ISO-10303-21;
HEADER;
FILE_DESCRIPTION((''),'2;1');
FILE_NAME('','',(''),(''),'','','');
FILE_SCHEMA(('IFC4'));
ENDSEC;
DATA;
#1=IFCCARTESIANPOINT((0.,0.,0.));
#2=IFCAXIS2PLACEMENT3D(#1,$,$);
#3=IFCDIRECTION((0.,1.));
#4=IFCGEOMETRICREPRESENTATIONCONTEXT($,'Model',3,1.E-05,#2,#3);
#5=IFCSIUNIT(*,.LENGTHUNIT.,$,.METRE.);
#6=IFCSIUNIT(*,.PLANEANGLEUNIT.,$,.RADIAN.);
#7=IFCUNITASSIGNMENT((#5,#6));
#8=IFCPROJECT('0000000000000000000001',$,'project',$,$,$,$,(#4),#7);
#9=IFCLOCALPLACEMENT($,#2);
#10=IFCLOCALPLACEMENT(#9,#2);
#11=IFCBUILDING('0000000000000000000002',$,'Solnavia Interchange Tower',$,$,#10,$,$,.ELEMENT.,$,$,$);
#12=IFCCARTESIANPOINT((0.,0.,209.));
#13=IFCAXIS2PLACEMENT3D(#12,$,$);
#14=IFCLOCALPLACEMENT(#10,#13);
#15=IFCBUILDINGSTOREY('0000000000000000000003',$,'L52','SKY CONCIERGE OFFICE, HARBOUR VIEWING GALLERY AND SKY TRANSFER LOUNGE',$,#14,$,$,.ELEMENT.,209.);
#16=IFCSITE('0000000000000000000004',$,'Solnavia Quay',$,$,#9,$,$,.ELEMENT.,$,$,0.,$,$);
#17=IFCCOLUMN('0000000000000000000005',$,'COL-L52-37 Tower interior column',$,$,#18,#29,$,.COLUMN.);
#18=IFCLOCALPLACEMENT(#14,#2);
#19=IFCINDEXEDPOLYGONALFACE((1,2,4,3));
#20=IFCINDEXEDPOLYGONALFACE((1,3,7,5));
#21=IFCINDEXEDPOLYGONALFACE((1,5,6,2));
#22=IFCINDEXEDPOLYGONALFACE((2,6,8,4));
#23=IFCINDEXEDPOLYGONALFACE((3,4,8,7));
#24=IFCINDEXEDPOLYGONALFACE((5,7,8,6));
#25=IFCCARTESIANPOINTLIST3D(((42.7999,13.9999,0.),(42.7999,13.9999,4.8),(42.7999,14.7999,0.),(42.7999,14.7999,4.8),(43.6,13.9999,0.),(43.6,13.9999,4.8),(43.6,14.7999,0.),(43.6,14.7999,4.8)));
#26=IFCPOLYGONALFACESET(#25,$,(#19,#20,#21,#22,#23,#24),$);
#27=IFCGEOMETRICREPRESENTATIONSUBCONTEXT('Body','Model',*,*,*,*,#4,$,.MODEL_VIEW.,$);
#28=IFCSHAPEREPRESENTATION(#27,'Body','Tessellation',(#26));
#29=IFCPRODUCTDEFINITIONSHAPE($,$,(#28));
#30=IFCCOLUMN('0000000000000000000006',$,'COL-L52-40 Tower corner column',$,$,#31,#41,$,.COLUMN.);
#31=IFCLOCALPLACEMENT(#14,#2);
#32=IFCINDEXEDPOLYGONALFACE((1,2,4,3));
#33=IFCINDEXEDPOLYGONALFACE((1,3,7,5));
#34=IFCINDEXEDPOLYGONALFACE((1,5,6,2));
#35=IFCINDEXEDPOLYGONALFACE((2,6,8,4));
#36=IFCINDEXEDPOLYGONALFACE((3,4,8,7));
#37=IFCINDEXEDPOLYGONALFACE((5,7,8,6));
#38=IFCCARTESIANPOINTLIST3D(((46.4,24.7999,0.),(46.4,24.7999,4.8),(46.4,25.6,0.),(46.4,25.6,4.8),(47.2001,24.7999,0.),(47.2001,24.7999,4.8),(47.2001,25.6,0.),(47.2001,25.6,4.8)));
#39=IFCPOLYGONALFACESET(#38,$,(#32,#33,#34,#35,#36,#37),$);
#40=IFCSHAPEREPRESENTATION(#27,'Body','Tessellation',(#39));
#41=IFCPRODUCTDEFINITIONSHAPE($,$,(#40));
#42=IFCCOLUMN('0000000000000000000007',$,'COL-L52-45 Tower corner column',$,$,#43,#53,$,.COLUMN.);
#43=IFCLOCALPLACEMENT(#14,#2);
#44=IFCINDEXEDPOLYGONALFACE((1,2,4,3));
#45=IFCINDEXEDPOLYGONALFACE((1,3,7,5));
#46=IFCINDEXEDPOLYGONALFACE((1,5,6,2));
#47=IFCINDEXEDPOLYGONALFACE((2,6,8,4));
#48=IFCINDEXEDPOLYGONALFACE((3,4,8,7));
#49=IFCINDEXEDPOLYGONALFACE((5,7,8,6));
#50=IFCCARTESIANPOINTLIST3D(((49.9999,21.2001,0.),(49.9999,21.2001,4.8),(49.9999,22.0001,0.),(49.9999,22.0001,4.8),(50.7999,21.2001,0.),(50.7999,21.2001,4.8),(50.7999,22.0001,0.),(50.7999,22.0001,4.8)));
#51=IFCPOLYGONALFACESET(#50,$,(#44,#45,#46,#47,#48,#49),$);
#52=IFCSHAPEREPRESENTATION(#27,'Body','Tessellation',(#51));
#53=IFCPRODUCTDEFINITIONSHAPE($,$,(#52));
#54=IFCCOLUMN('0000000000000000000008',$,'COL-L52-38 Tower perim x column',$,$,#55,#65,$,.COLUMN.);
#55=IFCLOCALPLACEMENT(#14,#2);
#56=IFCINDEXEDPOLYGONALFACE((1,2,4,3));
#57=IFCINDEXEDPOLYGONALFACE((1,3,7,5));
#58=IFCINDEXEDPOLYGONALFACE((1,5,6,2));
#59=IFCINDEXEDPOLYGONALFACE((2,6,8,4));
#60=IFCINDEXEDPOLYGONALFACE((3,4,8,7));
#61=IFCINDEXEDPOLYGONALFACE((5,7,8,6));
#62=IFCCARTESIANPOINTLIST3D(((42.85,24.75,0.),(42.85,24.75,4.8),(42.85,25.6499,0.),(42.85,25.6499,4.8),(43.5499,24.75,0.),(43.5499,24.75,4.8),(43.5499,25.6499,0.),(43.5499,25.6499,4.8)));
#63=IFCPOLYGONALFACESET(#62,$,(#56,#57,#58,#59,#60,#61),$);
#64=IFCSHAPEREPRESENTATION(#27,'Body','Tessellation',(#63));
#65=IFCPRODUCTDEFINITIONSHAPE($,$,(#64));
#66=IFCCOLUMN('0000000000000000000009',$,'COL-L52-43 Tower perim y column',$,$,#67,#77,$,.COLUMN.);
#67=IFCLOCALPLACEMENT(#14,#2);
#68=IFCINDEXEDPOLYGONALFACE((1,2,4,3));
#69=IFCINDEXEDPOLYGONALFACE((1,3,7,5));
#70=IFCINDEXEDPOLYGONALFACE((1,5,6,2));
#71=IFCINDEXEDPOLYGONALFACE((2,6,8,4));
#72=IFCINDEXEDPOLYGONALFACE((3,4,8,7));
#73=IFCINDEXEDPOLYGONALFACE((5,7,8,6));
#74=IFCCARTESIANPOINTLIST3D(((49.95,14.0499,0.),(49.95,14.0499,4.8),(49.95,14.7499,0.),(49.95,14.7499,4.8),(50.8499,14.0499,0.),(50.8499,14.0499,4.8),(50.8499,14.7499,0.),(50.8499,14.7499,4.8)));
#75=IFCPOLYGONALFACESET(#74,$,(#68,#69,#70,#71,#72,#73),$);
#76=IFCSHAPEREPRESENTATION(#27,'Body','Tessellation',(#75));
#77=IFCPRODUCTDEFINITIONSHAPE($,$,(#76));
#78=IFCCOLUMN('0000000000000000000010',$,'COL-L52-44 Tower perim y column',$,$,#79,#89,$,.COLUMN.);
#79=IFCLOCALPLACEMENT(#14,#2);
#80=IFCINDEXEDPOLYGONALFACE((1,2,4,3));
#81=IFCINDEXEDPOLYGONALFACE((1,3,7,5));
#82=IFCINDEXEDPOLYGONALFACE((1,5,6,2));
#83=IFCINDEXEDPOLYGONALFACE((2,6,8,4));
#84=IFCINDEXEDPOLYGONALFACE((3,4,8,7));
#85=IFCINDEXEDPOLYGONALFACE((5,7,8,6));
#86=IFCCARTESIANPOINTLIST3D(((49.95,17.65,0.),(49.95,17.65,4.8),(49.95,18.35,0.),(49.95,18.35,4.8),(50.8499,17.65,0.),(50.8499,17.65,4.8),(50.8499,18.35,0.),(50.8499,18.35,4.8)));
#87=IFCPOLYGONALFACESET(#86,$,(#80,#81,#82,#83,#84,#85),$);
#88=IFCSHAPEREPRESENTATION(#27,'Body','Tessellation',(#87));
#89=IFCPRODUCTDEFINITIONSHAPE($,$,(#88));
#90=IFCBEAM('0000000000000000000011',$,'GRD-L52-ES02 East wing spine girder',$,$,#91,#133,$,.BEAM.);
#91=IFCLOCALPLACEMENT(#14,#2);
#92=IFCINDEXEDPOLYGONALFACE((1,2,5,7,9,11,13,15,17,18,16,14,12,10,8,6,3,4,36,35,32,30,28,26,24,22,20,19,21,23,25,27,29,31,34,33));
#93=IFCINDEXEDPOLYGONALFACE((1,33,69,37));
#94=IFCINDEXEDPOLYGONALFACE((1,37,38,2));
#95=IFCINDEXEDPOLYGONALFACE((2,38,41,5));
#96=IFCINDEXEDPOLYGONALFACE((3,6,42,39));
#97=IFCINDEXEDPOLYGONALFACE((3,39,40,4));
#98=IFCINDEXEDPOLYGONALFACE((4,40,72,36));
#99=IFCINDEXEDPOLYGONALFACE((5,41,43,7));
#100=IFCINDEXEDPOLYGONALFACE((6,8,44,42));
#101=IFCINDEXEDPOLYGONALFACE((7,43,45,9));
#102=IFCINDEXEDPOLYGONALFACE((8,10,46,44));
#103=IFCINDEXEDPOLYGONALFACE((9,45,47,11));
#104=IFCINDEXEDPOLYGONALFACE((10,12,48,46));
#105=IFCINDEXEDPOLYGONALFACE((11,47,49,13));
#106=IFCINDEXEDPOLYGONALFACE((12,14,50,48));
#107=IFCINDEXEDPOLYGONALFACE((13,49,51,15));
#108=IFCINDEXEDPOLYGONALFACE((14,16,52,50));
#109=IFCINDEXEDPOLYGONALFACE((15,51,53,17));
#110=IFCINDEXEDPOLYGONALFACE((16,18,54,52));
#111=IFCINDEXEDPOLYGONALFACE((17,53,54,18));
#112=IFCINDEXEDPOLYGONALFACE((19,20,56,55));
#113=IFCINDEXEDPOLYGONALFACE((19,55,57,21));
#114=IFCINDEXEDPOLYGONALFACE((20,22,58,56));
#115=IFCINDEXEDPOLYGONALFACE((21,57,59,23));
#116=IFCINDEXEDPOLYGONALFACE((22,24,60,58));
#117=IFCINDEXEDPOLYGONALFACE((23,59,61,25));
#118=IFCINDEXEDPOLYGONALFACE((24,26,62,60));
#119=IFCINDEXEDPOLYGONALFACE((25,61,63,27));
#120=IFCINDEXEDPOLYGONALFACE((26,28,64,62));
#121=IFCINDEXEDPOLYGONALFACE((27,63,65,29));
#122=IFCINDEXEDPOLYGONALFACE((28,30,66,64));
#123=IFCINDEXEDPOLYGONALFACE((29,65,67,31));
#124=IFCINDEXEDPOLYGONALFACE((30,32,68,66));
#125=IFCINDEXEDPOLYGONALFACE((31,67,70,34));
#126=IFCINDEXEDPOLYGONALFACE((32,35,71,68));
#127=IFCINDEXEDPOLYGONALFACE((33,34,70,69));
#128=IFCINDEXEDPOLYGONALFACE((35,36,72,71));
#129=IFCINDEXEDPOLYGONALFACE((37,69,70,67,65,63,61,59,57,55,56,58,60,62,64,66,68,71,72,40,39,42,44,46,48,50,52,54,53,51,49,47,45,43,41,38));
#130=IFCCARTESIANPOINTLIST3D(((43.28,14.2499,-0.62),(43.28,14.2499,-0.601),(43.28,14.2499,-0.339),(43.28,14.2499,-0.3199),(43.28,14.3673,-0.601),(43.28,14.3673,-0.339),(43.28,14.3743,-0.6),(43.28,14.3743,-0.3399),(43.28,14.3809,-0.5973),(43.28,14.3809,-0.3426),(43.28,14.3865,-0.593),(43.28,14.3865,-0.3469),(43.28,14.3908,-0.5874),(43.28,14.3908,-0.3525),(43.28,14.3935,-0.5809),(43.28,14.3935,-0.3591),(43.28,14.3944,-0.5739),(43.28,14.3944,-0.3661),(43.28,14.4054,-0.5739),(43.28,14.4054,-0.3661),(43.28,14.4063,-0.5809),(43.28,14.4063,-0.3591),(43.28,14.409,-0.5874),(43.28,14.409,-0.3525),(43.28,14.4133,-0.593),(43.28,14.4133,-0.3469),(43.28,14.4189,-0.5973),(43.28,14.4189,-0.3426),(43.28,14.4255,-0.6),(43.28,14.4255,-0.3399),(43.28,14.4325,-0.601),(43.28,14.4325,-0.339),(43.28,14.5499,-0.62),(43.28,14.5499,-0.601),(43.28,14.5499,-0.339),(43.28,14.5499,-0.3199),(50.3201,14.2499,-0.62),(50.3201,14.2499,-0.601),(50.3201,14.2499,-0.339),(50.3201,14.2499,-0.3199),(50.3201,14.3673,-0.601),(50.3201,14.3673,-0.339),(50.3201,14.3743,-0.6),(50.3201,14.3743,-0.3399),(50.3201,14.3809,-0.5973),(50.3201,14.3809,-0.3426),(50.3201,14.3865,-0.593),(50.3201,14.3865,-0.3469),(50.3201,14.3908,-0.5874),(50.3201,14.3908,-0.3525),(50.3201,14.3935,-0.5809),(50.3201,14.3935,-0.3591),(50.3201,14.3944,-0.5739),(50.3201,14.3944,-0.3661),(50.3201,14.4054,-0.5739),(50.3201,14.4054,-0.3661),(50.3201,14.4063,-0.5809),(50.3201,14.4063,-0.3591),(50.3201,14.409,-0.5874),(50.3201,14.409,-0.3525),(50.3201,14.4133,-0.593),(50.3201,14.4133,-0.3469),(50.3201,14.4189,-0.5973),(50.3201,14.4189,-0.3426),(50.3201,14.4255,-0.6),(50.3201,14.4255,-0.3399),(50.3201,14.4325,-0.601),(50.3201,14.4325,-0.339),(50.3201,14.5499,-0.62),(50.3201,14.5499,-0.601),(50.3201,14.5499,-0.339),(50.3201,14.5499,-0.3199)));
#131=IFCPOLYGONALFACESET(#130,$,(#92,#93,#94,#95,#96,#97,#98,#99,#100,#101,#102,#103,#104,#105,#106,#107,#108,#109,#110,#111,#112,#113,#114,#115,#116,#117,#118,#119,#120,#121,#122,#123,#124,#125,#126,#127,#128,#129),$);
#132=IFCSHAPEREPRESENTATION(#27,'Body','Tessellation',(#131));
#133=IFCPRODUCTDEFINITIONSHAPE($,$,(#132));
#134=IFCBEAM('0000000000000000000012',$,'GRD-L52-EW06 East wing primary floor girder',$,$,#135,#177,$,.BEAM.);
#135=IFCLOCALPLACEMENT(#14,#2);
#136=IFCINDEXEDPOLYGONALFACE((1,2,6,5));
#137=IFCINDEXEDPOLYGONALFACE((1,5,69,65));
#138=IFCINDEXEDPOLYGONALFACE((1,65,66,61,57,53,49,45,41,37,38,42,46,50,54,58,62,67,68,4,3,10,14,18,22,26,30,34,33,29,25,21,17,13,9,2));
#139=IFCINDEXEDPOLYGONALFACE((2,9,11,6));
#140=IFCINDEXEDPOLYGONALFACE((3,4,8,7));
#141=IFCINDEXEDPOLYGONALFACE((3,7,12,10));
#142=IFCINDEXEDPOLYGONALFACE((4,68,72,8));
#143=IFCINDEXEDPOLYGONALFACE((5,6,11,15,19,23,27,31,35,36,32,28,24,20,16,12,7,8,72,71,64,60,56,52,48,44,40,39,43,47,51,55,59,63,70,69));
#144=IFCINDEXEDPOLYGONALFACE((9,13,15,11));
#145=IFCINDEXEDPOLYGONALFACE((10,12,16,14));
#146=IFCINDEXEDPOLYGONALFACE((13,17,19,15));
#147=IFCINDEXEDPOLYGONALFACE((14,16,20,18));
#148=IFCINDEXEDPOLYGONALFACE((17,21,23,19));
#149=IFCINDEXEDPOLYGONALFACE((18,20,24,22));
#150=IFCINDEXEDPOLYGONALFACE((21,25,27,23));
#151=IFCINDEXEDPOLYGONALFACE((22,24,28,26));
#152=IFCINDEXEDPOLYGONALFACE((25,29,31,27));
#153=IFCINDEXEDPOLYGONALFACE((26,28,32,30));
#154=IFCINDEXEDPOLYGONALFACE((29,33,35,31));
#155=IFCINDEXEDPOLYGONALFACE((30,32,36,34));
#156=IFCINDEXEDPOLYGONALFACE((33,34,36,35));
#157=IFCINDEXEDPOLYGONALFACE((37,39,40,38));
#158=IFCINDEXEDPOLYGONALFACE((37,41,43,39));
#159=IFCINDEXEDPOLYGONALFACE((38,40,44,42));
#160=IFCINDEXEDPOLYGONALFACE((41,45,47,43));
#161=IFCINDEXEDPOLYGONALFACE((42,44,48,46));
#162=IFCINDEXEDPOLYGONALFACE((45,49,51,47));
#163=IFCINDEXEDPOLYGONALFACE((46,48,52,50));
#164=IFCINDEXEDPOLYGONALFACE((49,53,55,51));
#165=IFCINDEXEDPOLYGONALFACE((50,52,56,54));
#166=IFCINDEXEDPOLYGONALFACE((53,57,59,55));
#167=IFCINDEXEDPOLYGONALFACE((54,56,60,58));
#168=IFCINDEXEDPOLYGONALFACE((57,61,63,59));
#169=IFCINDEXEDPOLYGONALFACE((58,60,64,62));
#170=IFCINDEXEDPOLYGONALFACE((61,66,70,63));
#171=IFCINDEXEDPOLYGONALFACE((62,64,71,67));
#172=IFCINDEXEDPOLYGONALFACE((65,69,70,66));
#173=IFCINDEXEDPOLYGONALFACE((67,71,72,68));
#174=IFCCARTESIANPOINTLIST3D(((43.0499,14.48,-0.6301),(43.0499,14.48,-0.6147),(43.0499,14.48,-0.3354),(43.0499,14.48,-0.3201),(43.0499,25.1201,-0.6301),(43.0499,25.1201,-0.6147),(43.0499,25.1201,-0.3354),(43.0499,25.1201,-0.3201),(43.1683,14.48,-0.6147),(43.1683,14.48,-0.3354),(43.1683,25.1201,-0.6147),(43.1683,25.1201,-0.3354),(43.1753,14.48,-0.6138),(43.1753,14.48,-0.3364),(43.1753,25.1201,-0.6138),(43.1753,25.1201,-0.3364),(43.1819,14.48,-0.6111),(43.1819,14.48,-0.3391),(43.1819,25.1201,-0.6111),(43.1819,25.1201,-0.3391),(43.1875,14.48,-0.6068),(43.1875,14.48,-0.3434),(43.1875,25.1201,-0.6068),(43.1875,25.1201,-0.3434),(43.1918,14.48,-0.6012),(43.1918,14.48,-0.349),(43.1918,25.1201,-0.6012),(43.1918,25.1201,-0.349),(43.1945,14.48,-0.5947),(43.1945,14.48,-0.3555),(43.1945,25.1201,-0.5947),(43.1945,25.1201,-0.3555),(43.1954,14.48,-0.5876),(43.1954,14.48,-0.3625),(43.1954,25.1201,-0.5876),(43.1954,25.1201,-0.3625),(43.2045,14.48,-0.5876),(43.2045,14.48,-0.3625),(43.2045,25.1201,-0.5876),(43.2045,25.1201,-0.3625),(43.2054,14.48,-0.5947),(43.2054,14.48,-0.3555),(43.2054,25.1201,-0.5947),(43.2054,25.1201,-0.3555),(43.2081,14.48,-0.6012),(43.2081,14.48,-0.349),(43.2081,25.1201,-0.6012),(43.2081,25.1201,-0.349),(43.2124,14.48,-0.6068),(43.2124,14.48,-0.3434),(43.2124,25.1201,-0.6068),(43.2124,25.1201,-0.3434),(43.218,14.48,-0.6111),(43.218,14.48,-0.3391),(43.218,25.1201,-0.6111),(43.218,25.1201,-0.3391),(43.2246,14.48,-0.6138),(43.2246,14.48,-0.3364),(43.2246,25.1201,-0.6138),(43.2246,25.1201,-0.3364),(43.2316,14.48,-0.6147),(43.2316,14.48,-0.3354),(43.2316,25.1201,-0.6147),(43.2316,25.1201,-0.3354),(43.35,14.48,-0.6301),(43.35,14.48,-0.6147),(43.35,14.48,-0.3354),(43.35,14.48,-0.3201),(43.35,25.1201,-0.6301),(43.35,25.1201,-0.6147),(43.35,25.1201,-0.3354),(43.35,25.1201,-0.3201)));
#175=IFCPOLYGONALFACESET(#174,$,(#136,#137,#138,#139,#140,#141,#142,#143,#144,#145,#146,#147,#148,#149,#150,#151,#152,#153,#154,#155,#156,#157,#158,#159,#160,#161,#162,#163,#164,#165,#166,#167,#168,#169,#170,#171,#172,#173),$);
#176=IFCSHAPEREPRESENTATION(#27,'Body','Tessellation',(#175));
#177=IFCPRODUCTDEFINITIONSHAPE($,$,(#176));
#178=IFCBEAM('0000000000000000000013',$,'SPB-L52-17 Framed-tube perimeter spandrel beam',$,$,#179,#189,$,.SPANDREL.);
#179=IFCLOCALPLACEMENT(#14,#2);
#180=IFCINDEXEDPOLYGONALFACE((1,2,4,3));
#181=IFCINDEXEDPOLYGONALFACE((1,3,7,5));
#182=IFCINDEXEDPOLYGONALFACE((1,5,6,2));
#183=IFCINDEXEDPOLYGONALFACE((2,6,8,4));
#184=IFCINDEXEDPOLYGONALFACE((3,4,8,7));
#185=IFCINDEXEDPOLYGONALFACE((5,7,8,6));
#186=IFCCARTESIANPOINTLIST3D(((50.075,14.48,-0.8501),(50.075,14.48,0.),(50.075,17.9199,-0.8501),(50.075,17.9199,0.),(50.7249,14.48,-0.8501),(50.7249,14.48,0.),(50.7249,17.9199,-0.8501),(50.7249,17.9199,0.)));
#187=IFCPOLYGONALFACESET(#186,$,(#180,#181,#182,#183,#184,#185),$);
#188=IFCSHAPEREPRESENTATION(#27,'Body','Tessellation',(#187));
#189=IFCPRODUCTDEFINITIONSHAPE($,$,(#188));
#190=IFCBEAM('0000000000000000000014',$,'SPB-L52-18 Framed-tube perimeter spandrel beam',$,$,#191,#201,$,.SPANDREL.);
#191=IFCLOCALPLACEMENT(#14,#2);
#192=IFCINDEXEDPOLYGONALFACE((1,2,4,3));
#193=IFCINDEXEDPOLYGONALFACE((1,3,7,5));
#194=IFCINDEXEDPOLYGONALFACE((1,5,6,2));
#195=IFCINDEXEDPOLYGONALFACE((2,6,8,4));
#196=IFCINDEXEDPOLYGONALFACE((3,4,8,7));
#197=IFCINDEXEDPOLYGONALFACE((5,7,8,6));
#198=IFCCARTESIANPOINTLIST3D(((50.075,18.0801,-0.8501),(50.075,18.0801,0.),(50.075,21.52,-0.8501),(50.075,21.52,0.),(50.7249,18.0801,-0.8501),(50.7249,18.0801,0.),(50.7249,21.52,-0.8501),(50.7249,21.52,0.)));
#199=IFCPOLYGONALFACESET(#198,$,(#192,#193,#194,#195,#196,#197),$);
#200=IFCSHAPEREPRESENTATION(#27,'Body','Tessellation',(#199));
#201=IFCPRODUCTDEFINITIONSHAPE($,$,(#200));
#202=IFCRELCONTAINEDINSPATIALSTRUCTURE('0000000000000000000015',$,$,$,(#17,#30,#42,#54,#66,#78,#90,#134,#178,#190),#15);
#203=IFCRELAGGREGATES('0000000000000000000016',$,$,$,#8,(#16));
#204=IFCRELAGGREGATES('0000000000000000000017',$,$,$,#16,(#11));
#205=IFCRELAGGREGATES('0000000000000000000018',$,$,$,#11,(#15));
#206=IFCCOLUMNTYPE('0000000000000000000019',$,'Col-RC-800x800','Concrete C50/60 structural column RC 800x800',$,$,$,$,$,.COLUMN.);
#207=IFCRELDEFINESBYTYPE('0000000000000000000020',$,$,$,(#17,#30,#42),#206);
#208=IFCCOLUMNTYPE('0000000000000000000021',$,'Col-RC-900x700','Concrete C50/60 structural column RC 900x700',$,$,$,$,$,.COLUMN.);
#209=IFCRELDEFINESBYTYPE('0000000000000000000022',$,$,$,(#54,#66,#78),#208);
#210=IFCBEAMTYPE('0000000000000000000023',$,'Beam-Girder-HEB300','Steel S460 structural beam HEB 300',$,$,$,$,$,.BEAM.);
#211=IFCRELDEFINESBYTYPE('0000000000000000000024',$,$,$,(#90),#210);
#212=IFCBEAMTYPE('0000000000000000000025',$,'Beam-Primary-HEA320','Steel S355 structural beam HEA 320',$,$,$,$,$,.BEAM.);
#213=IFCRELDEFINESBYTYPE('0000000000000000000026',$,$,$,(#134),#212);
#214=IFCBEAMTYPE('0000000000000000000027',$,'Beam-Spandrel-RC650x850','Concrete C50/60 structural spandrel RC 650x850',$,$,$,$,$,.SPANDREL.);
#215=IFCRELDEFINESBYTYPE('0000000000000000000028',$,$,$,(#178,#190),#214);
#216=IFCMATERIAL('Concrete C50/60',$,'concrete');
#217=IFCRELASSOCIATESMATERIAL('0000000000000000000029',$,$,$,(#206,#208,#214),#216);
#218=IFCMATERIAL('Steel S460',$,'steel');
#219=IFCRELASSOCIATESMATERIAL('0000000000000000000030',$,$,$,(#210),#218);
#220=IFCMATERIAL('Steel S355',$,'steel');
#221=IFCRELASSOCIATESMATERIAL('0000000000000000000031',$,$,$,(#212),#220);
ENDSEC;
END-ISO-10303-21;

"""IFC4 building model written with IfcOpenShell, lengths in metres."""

from ifc_helpers import new_model, si_unit, direction, frame, origin, origin_2d, place, context, subcontext, project, spatial, rectangle, i_section, extrude, material, material_profile, profile_set, type_object, element, save


model = new_model("IFC4")

# Units and contexts
model_context = context("Model", 3, precision=1e-05, world=origin(), true_north=direction((0.0, 1.0)))
body_context = subcontext(model_context, "Body", "Model", "MODEL_VIEW")
ifc_project = project(units=[si_unit("LENGTHUNIT", "METRE"), si_unit("PLANEANGLEUNIT", "RADIAN")], contexts=[model_context])

# Site, building, storey
site_placement = place(None, origin())
site = spatial("IfcSite", under=ifc_project, at=site_placement, Name="Solnavia Quay", CompositionType="ELEMENT", RefElevation=0.0)
building_placement = place(site_placement, origin())
building = spatial("IfcBuilding", under=site, at=building_placement, Name="Solnavia Interchange Tower", CompositionType="ELEMENT")
storey_placement = place(building_placement, frame((0.0, 0.0, 209.0)))
storey = spatial("IfcBuildingStorey", under=building, at=storey_placement, Name="L52", Description="SKY CONCIERGE OFFICE, HARBOUR VIEWING GALLERY AND SKY TRANSFER LOUNGE", CompositionType="ELEMENT", Elevation=209.0)

# Columns
ifc_material_1 = material(Name="Concrete C50/60", Category="concrete")
ifc_material_profile_1 = material_profile(ifc_material_1, rectangle(XDim=0.8, YDim=0.8, at=origin_2d()), Name="RC 800x800")
ifc_profile_set_1 = profile_set([ifc_material_profile_1], Name="Concrete C50/60")
column_type_1 = type_object("IfcColumnType", Name="Col-RC-800x800", Description="Concrete C50/60 structural column RC 800x800", PredefinedType="COLUMN", material=ifc_profile_set_1)
for number, where, z_axis, x_axis, name in (
    (1, (43.2, 14.3999, 0.0), (0.0, 0.0, 1.0), (1.0, 0.0, 0.0), "COL-L52-37 Tower interior column"),
    (2, (46.8, 25.2, 0.0), (0.0, 0.0, 1.0), (1.0, 0.0, 0.0), "COL-L52-40 Tower corner column"),
    (3, (50.3999, 21.6001, 0.0), (0.0, 0.0, 1.0), (0.0, 1.0, 0.0), "COL-L52-45 Tower corner column"),
):
    element("IfcColumn", number, at=place(storey_placement, frame(where, z_axis=z_axis, x_axis=x_axis)), inside=storey, type_object=column_type_1, Name=name, PredefinedType="COLUMN", context=body_context, shape_type="SweptSolid", body=[
        extrude(rectangle(XDim=0.8, YDim=0.8, at=origin_2d()), origin(), (0.0, 0.0, 1.0), 4.8),
    ])
ifc_material_profile_2 = material_profile(ifc_material_1, rectangle(XDim=0.7, YDim=0.8999, at=origin_2d()), Name="RC 900x700")
ifc_profile_set_2 = profile_set([ifc_material_profile_2], Name="Concrete C50/60")
column_type_2 = type_object("IfcColumnType", Name="Col-RC-900x700", Description="Concrete C50/60 structural column RC 900x700", PredefinedType="COLUMN", material=ifc_profile_set_2)
for number, where, z_axis, x_axis, name in (
    (4, (43.2, 25.2, 0.0), (0.0, 0.0, 1.0), (1.0, 0.0, 0.0), "COL-L52-38 Tower perim x column"),
    (5, (50.3999, 14.3999, 0.0), (0.0, 0.0, 1.0), (0.0, 1.0, 0.0), "COL-L52-43 Tower perim y column"),
    (6, (50.3999, 18.0, 0.0), (0.0, 0.0, 1.0), (0.0, 1.0, 0.0), "COL-L52-44 Tower perim y column"),
):
    element("IfcColumn", number, at=place(storey_placement, frame(where, z_axis=z_axis, x_axis=x_axis)), inside=storey, type_object=column_type_2, Name=name, PredefinedType="COLUMN", context=body_context, shape_type="SweptSolid", body=[
        extrude(rectangle(XDim=0.7, YDim=0.8999, at=origin_2d()), origin(), (0.0, 0.0, 1.0), 4.8),
    ])

# Beams
ifc_material_2 = material(Name="Steel S460", Category="steel")
ifc_material_profile_3 = material_profile(ifc_material_2, i_section(OverallWidth=0.3, OverallDepth=0.3, WebThickness=0.011, FlangeThickness=0.019, FilletRadius=0.0271, at=origin_2d()), Name="HEB 300")
ifc_profile_set_3 = profile_set([ifc_material_profile_3], Name="Steel S460")
beam_type_1 = type_object("IfcBeamType", Name="Beam-Girder-HEB300", Description="Steel S460 structural beam HEB 300", PredefinedType="BEAM", material=ifc_profile_set_3)
beam_1_placement = place(storey_placement, frame((43.28, 14.3999, -0.47), z_axis=(1.0, 0.0, 0.0), x_axis=(0.0, 1.0, 0.0)))
element("IfcBeam", 7, at=beam_1_placement, inside=storey, type_object=beam_type_1, Name="GRD-L52-ES02 East wing spine girder", PredefinedType="BEAM", context=body_context, shape_type="SweptSolid", body=[
    extrude(i_section(OverallWidth=0.3, OverallDepth=0.3, WebThickness=0.011, FlangeThickness=0.019, FilletRadius=0.0271, at=origin_2d()), origin(), (0.0, 0.0, 1.0), 7.04),
])
ifc_material_3 = material(Name="Steel S355", Category="steel")
ifc_material_profile_4 = material_profile(ifc_material_3, i_section(OverallWidth=0.3, OverallDepth=0.3101, WebThickness=0.009, FlangeThickness=0.0154, FilletRadius=0.0271, at=origin_2d()), Name="HEA 320")
ifc_profile_set_4 = profile_set([ifc_material_profile_4], Name="Steel S355")
beam_type_2 = type_object("IfcBeamType", Name="Beam-Primary-HEA320", Description="Steel S355 structural beam HEA 320", PredefinedType="BEAM", material=ifc_profile_set_4)
beam_2_placement = place(storey_placement, frame((43.2, 14.48, -0.4751), z_axis=(0.0, 1.0, 0.0), x_axis=(-1.0, 0.0, 0.0)))
element("IfcBeam", 8, at=beam_2_placement, inside=storey, type_object=beam_type_2, Name="GRD-L52-EW06 East wing primary floor girder", PredefinedType="BEAM", context=body_context, shape_type="SweptSolid", body=[
    extrude(i_section(OverallWidth=0.3, OverallDepth=0.3101, WebThickness=0.009, FlangeThickness=0.0154, FilletRadius=0.0271, at=origin_2d()), origin(), (0.0, 0.0, 1.0), 10.6401),
])
ifc_material_profile_5 = material_profile(ifc_material_1, rectangle(XDim=0.6499, YDim=0.8501, at=origin_2d()), Name="RC 650x850")
ifc_profile_set_5 = profile_set([ifc_material_profile_5], Name="Concrete C50/60")
beam_type_3 = type_object("IfcBeamType", Name="Beam-Spandrel-RC650x850", Description="Concrete C50/60 structural spandrel RC 650x850", PredefinedType="SPANDREL", material=ifc_profile_set_5)
for number, where, z_axis, x_axis, name in (
    (9, (50.3999, 14.48, -0.425), (0.0, 1.0, 0.0), (-1.0, 0.0, 0.0), "SPB-L52-17 Framed-tube perimeter spandrel beam"),
    (10, (50.3999, 18.0801, -0.425), (0.0, 1.0, 0.0), (-1.0, 0.0, 0.0), "SPB-L52-18 Framed-tube perimeter spandrel beam"),
):
    element("IfcBeam", number, at=place(storey_placement, frame(where, z_axis=z_axis, x_axis=x_axis)), inside=storey, type_object=beam_type_3, Name=name, PredefinedType="SPANDREL", context=body_context, shape_type="SweptSolid", body=[
        extrude(rectangle(XDim=0.6499, YDim=0.8501, at=origin_2d()), origin(), (0.0, 0.0, 1.0), 3.4399),
    ])

save(model, "model.ifc")
